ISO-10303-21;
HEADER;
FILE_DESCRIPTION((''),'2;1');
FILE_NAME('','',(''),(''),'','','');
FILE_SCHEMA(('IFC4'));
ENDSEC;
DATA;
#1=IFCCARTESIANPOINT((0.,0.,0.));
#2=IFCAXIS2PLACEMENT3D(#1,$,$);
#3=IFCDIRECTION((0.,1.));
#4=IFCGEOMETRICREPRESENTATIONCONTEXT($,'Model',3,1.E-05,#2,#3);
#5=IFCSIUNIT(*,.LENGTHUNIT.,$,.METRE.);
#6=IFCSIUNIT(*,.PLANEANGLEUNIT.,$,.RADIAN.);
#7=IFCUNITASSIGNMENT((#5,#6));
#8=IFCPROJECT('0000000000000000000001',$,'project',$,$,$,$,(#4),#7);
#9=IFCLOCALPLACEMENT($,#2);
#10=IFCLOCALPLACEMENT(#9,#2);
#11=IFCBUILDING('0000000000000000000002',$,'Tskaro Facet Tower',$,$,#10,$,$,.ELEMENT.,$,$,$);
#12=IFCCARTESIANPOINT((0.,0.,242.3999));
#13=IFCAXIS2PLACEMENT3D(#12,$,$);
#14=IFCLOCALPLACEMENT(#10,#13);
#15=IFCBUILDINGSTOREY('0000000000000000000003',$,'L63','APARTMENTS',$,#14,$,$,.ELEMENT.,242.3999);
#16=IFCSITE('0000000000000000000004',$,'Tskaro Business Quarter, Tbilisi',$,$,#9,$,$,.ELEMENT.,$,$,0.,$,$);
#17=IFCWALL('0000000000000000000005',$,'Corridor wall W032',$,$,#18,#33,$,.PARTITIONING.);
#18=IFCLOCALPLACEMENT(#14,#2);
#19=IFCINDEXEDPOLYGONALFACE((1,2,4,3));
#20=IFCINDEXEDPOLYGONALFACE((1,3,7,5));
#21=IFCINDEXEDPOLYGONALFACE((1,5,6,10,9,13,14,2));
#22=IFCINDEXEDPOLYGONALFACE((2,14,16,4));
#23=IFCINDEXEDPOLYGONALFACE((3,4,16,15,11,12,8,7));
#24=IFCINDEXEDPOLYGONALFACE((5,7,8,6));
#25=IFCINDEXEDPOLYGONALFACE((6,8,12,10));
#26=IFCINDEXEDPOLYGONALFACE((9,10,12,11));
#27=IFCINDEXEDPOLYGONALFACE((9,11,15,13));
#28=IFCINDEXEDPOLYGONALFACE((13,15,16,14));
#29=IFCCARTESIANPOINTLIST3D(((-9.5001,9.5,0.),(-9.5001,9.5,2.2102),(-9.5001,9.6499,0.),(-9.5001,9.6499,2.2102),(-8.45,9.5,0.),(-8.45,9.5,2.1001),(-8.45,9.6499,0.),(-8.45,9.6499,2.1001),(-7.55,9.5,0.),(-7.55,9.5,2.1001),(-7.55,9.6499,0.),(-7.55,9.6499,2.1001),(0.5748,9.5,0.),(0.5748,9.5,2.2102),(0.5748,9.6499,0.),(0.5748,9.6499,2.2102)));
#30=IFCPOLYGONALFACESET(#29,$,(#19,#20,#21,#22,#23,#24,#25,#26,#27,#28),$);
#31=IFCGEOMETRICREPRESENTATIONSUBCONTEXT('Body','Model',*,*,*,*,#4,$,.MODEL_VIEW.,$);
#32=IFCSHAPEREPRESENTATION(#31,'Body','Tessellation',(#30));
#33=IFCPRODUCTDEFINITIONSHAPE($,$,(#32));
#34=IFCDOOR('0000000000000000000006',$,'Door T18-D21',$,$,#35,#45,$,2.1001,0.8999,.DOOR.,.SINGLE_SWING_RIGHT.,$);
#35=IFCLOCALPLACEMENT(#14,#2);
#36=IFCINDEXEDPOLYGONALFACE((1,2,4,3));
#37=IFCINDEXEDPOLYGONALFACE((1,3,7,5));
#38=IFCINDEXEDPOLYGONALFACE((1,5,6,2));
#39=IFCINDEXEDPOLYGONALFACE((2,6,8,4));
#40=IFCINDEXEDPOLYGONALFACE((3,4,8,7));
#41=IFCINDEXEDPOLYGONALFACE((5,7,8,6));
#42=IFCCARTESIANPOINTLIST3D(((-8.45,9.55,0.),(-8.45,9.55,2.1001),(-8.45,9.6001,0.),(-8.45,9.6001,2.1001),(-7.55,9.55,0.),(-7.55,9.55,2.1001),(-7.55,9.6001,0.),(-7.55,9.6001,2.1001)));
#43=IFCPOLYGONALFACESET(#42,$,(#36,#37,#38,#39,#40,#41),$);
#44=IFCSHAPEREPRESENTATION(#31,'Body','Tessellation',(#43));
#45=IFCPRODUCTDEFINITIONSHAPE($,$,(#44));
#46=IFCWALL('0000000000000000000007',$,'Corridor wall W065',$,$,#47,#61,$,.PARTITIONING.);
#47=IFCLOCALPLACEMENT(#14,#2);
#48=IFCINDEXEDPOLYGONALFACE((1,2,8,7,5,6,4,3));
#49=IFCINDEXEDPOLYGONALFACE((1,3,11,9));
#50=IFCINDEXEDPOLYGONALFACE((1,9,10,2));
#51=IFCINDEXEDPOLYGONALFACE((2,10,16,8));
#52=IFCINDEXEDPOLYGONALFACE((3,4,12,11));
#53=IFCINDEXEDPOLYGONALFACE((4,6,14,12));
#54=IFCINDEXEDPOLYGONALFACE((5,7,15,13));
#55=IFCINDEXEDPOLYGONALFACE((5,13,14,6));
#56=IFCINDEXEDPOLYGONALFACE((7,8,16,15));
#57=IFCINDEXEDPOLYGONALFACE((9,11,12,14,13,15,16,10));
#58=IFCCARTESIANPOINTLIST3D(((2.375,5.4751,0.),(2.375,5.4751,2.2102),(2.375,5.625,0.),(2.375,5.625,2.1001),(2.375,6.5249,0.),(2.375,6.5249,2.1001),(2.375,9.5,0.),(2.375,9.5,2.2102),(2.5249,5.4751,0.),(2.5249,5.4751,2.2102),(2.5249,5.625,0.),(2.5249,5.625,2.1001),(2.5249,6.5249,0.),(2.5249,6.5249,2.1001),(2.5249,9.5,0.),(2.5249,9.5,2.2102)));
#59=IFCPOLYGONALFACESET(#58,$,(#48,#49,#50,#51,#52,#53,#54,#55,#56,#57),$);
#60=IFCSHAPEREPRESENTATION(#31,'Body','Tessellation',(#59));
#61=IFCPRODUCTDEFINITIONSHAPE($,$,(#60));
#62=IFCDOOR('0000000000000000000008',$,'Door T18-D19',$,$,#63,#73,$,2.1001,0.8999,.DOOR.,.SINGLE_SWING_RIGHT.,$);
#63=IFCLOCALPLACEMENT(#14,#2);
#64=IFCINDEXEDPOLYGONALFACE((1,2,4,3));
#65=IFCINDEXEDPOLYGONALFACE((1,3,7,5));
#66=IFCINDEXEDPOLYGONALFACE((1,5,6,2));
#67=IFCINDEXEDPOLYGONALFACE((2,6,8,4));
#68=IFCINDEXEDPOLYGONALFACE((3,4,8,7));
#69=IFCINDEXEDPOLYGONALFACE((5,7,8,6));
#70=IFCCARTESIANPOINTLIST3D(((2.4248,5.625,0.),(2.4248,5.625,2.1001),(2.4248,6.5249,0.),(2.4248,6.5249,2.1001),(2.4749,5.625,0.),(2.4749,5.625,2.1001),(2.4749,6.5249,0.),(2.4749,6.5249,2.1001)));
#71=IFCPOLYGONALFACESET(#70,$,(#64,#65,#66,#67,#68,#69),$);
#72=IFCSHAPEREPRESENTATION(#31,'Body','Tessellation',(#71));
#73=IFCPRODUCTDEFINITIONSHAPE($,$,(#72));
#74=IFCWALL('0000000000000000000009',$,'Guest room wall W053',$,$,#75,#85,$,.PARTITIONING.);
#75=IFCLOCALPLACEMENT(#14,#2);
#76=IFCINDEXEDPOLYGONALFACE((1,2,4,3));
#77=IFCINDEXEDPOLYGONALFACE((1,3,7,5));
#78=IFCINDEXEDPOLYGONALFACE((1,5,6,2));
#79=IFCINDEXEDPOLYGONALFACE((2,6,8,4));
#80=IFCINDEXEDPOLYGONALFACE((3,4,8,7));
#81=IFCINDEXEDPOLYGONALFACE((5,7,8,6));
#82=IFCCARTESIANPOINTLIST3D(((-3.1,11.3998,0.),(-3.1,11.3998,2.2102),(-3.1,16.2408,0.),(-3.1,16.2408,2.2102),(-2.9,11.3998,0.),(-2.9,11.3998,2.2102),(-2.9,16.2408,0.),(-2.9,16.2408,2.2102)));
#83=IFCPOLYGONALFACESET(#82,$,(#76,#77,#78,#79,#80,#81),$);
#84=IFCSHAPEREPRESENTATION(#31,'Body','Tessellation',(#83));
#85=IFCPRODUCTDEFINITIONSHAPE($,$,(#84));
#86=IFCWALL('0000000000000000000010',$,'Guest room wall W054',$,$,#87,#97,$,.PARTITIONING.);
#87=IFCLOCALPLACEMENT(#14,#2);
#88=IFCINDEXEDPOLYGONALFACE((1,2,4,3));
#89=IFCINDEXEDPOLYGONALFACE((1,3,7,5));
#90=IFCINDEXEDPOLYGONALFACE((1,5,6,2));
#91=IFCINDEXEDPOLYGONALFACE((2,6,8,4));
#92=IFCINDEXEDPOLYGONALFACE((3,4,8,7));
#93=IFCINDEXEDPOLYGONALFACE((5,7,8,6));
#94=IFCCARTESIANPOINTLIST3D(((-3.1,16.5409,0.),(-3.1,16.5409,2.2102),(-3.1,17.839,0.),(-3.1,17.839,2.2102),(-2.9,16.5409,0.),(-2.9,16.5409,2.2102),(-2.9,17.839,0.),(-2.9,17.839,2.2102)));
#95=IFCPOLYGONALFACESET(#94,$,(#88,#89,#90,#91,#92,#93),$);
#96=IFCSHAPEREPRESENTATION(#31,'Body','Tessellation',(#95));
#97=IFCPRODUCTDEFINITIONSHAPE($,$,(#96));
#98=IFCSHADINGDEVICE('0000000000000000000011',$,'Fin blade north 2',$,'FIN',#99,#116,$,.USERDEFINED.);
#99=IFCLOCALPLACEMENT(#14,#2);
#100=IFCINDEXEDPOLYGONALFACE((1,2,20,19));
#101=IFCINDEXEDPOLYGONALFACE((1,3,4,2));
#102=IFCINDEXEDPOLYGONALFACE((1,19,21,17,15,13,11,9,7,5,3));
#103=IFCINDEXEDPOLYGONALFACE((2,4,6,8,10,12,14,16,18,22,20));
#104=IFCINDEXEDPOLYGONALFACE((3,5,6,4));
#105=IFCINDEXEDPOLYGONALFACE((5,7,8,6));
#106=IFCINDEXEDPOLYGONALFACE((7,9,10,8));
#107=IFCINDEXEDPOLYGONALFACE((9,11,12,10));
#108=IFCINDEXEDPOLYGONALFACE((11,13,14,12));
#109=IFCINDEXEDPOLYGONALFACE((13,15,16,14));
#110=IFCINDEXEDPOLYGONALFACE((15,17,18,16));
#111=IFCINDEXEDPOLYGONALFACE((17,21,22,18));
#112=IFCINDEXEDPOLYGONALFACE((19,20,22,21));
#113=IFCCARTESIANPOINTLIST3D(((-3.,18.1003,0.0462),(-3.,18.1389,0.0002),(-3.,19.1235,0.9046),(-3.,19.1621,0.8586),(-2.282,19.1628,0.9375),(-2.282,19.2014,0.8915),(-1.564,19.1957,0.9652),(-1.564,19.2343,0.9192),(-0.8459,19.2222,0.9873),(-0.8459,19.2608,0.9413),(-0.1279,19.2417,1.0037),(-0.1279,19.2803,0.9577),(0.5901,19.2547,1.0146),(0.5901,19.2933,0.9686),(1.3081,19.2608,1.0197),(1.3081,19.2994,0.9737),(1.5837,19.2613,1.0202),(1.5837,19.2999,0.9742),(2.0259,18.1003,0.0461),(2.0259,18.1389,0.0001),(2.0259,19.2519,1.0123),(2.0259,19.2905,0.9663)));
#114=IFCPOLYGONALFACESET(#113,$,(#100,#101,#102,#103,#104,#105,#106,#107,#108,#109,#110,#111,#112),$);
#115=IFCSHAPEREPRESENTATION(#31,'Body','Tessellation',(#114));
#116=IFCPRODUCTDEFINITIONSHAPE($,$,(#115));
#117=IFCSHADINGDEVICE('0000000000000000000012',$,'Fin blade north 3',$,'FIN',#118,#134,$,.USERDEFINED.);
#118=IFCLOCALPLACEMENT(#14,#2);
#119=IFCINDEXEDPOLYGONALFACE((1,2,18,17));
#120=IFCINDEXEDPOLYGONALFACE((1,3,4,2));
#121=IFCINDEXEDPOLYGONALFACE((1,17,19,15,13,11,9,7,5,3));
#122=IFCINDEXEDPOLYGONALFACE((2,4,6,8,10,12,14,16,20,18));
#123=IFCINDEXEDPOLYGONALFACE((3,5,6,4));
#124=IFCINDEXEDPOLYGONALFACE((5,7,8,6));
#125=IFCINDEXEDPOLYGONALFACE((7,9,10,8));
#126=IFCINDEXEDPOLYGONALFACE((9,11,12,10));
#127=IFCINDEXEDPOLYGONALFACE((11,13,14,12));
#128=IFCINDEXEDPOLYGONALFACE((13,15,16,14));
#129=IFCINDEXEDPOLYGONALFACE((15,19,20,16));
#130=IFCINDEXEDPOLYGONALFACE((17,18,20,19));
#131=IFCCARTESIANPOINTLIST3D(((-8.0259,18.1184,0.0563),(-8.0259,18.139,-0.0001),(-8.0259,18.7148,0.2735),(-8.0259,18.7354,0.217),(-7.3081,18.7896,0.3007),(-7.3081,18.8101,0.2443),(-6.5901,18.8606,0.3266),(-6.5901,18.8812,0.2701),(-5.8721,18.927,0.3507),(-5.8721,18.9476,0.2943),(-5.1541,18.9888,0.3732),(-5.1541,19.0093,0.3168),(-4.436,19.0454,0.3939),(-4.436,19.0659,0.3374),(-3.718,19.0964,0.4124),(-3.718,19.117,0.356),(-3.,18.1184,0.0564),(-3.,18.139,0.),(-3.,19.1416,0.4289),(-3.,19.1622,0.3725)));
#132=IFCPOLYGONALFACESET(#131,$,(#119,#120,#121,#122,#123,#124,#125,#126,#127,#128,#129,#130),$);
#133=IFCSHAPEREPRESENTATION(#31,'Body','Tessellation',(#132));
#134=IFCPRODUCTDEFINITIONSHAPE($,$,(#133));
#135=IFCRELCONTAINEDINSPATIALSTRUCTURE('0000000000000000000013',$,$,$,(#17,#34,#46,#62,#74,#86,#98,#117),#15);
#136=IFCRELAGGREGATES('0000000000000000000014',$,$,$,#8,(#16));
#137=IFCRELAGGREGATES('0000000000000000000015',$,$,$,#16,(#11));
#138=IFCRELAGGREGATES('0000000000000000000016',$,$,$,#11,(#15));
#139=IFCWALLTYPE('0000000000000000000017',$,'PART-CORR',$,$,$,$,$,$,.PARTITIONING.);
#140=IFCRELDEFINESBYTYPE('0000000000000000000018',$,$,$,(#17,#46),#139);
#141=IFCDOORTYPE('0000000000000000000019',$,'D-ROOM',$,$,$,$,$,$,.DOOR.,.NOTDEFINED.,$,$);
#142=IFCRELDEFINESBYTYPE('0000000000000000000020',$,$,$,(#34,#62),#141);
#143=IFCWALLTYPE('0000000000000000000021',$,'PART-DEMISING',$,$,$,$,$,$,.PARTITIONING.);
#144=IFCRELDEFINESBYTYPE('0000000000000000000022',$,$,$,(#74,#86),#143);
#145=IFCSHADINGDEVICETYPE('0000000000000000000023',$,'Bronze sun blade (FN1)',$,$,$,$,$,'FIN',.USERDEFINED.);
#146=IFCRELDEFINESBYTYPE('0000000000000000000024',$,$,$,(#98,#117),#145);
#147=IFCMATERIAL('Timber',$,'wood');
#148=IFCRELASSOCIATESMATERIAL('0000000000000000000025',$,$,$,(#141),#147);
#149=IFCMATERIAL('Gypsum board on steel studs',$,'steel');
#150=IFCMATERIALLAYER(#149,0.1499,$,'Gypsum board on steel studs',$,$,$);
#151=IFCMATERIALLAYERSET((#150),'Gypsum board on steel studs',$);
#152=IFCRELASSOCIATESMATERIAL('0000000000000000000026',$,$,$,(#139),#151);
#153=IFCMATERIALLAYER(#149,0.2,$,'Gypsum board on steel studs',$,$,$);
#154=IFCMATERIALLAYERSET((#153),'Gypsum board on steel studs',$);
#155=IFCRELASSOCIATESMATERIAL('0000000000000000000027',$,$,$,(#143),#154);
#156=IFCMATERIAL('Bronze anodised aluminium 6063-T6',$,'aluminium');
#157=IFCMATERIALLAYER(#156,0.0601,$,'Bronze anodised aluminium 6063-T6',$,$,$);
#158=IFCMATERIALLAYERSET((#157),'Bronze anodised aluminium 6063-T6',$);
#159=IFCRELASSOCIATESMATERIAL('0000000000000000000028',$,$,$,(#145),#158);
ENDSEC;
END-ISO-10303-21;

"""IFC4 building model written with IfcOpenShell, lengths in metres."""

from ifc_helpers import new_model, si_unit, direction, frame, frame_2d, origin, place, context, subcontext, project, spatial, polyline, rectangle, outline, extrude, material, layer, layer_set, type_object, element, fill, save


model = new_model("IFC4")

# Units and contexts
model_context = context("Model", 3, precision=1e-05, world=origin(), true_north=direction((0.0, 1.0)))
body_context = subcontext(model_context, "Body", "Model", "MODEL_VIEW")
ifc_project = project(units=[si_unit("LENGTHUNIT", "METRE"), si_unit("PLANEANGLEUNIT", "RADIAN")], contexts=[model_context])

# Site, building, storey
site_placement = place(None, origin())
site = spatial("IfcSite", under=ifc_project, at=site_placement, Name="Tskaro Business Quarter, Tbilisi", CompositionType="ELEMENT", RefElevation=0.0)
building_placement = place(site_placement, origin())
building = spatial("IfcBuilding", under=site, at=building_placement, Name="Tskaro Facet Tower", CompositionType="ELEMENT")
storey_placement = place(building_placement, frame((0.0, 0.0, 242.3999)))
storey = spatial("IfcBuildingStorey", under=building, at=storey_placement, Name="L63", Description="APARTMENTS", CompositionType="ELEMENT", Elevation=242.3999)

# Shared definitions
ifc_material_1 = material(Name="Bronze anodised aluminium 6063-T6", Category="aluminium")

# Shared definitions
ifc_material_2 = material(Name="Gypsum board on steel studs", Category="steel")

# Shared definitions
ifc_material_3 = material(Name="Timber", Category="wood")
door_type_1 = type_object("IfcDoorType", Name="D-ROOM", OperationType="NOTDEFINED", PredefinedType="DOOR", material=ifc_material_3)

# Walls, openings, doors
ifc_layer_1 = layer(ifc_material_2, 0.1499, Name="Gypsum board on steel studs")
ifc_layer_set_1 = layer_set([ifc_layer_1], Name="Gypsum board on steel studs")
wall_type_1 = type_object("IfcWallType", Name="PART-CORR", PredefinedType="PARTITIONING", material=ifc_layer_set_1)
wall_1_placement = place(storey_placement, frame((0.575, 9.575, 0.0), z_axis=(0.0, 0.0, 1.0), x_axis=(-1.0, 0.0, 0.0)))
wall_1 = element("IfcWall", 1, at=wall_1_placement, inside=storey, type_object=wall_type_1, Name="Corridor wall W032", PredefinedType="PARTITIONING", context=body_context, shape_type="SweptSolid", body=[
    extrude(rectangle(XDim=10.075, YDim=0.1499, at=frame_2d((5.0376, 0.0))), origin(), (0.0, 0.0, 1.0), 2.2102),
])
opening_1_placement = place(wall_1_placement, frame((8.125, 0.0, 0.0)))
opening_1 = element("IfcOpeningElement", 2, at=opening_1_placement, cuts=wall_1, PredefinedType="OPENING", context=body_context, shape_type="SweptSolid", body=[
    extrude(rectangle(XDim=0.8999, YDim=2.1001, at=frame_2d((0.45, 1.05))), frame((0.0, 0.085, 0.0), z_axis=(0.0, -1.0, 0.0), x_axis=(1.0, 0.0, 0.0)), (0.0, 0.0, 1.0), 0.1699),
])
door_1_placement = place(opening_1_placement, origin())
door_1 = element("IfcDoor", 3, at=door_1_placement, inside=storey, type_object=door_type_1, Name="Door T18-D21", OperationType="SINGLE_SWING_RIGHT", OverallHeight=2.1001, OverallWidth=0.8999, PredefinedType="DOOR", context=body_context, shape_type="SweptSolid", body=[
    extrude(rectangle(XDim=0.8999, YDim=2.1001, at=frame_2d((0.45, 1.05))), frame((0.0, 0.0249, 0.0), z_axis=(0.0, -1.0, 0.0), x_axis=(1.0, 0.0, 0.0)), (0.0, 0.0, 1.0), 0.05),
])
fill(opening_1, door_1)
wall_2_placement = place(storey_placement, frame((2.45, 9.5, 0.0), z_axis=(0.0, 0.0, 1.0), x_axis=(0.0, -1.0, 0.0)))
wall_2 = element("IfcWall", 4, at=wall_2_placement, inside=storey, type_object=wall_type_1, Name="Corridor wall W065", PredefinedType="PARTITIONING", context=body_context, shape_type="SweptSolid", body=[
    extrude(rectangle(XDim=4.0249, YDim=0.1499, at=frame_2d((2.0125, 0.0))), origin(), (0.0, 0.0, 1.0), 2.2102),
])
opening_2_placement = place(wall_2_placement, frame((2.9751, 0.0, 0.0)))
opening_2 = element("IfcOpeningElement", 5, at=opening_2_placement, cuts=wall_2, PredefinedType="OPENING", context=body_context, shape_type="SweptSolid", body=[
    extrude(rectangle(XDim=0.8999, YDim=2.1001, at=frame_2d((0.45, 1.05))), frame((0.0, 0.085, 0.0), z_axis=(0.0, -1.0, 0.0), x_axis=(1.0, 0.0, 0.0)), (0.0, 0.0, 1.0), 0.1699),
])
door_2_placement = place(opening_2_placement, origin())
door_2 = element("IfcDoor", 6, at=door_2_placement, inside=storey, type_object=door_type_1, Name="Door T18-D19", OperationType="SINGLE_SWING_RIGHT", OverallHeight=2.1001, OverallWidth=0.8999, PredefinedType="DOOR", context=body_context, shape_type="SweptSolid", body=[
    extrude(rectangle(XDim=0.8999, YDim=2.1001, at=frame_2d((0.45, 1.05))), frame((0.0, 0.0249, 0.0), z_axis=(0.0, -1.0, 0.0), x_axis=(1.0, 0.0, 0.0)), (0.0, 0.0, 1.0), 0.05),
])
fill(opening_2, door_2)

# Walls
ifc_layer_2 = layer(ifc_material_2, 0.2, Name="Gypsum board on steel studs")
ifc_layer_set_2 = layer_set([ifc_layer_2], Name="Gypsum board on steel studs")
wall_type_2 = type_object("IfcWallType", Name="PART-DEMISING", PredefinedType="PARTITIONING", material=ifc_layer_set_2)
wall_3_placement = place(storey_placement, frame((-3.0, 11.3999, 0.0), z_axis=(0.0, 0.0, 1.0), x_axis=(0.0, 1.0, 0.0)))
element("IfcWall", 7, at=wall_3_placement, inside=storey, type_object=wall_type_2, Name="Guest room wall W053", PredefinedType="PARTITIONING", context=body_context, shape_type="SweptSolid", body=[
    extrude(rectangle(XDim=4.8411, YDim=0.2, at=frame_2d((2.4204, 0.0))), origin(), (0.0, 0.0, 1.0), 2.2102),
])
wall_4_placement = place(storey_placement, frame((-3.0, 16.541, 0.0), z_axis=(0.0, 0.0, 1.0), x_axis=(0.0, 1.0, 0.0)))
element("IfcWall", 8, at=wall_4_placement, inside=storey, type_object=wall_type_2, Name="Guest room wall W054", PredefinedType="PARTITIONING", context=body_context, shape_type="SweptSolid", body=[
    extrude(rectangle(XDim=1.2981, YDim=0.2, at=frame_2d((0.6489, 0.0))), origin(), (0.0, 0.0, 1.0), 2.2102),
])

# Shading devices
ifc_layer_3 = layer(ifc_material_1, 0.0601, Name="Bronze anodised aluminium 6063-T6")
ifc_layer_set_3 = layer_set([ifc_layer_3], Name="Bronze anodised aluminium 6063-T6")
shading_device_type = type_object("IfcShadingDeviceType", Name="Bronze sun blade (FN1)", ElementType="FIN", PredefinedType="USERDEFINED", material=ifc_layer_set_3)
shading_device_1_placement = place(storey_placement, frame((2.0259, 18.1003, 0.0461), z_axis=(0.000005, -0.642727, 0.766095), x_axis=(-1.0, -0.000003, 0.000004)))
element("IfcShadingDevice", 9, at=shading_device_1_placement, inside=storey, type_object=shading_device_type, Name="Fin blade north 2", ObjectType="FIN", PredefinedType="USERDEFINED", context=body_context, shape_type="SweptSolid", body=[
    extrude(outline(polyline([(0.0, 0.0), (5.0259, 0.0), (5.0259, -1.3356), (4.3079, -1.3869), (3.5898, -1.4299), (2.8718, -1.4643), (2.1538, -1.4898), (1.4358, -1.5068), (0.7178, -1.5148), (0.4421, -1.5154), (0.0, -1.5032), (0.0, 0.0)])), origin(), (0.0, 0.0, -1.0), 0.0601),
])
shading_device_2_placement = place(storey_placement, frame((-3.0, 18.1184, 0.0564), z_axis=(-0.000013, -0.342094, 0.939666), x_axis=(-1.0, 0.000004, -0.000012)))
element("IfcShadingDevice", 10, at=shading_device_2_placement, inside=storey, type_object=shading_device_type, Name="Fin blade north 3", ObjectType="FIN", PredefinedType="USERDEFINED", context=body_context, shape_type="SweptSolid", body=[
    extrude(outline(polyline([(0.0, 0.0), (5.0259, 0.0), (5.0259, -0.6347), (4.3081, -0.7143), (3.5901, -0.7899), (2.8721, -0.8605), (2.1541, -0.9263), (1.436, -0.9865), (0.718, -1.0408), (0.0, -1.0889), (0.0, 0.0)])), origin(), (0.0, 0.0, -1.0), 0.0601),
])

save(model, "model.ifc")
